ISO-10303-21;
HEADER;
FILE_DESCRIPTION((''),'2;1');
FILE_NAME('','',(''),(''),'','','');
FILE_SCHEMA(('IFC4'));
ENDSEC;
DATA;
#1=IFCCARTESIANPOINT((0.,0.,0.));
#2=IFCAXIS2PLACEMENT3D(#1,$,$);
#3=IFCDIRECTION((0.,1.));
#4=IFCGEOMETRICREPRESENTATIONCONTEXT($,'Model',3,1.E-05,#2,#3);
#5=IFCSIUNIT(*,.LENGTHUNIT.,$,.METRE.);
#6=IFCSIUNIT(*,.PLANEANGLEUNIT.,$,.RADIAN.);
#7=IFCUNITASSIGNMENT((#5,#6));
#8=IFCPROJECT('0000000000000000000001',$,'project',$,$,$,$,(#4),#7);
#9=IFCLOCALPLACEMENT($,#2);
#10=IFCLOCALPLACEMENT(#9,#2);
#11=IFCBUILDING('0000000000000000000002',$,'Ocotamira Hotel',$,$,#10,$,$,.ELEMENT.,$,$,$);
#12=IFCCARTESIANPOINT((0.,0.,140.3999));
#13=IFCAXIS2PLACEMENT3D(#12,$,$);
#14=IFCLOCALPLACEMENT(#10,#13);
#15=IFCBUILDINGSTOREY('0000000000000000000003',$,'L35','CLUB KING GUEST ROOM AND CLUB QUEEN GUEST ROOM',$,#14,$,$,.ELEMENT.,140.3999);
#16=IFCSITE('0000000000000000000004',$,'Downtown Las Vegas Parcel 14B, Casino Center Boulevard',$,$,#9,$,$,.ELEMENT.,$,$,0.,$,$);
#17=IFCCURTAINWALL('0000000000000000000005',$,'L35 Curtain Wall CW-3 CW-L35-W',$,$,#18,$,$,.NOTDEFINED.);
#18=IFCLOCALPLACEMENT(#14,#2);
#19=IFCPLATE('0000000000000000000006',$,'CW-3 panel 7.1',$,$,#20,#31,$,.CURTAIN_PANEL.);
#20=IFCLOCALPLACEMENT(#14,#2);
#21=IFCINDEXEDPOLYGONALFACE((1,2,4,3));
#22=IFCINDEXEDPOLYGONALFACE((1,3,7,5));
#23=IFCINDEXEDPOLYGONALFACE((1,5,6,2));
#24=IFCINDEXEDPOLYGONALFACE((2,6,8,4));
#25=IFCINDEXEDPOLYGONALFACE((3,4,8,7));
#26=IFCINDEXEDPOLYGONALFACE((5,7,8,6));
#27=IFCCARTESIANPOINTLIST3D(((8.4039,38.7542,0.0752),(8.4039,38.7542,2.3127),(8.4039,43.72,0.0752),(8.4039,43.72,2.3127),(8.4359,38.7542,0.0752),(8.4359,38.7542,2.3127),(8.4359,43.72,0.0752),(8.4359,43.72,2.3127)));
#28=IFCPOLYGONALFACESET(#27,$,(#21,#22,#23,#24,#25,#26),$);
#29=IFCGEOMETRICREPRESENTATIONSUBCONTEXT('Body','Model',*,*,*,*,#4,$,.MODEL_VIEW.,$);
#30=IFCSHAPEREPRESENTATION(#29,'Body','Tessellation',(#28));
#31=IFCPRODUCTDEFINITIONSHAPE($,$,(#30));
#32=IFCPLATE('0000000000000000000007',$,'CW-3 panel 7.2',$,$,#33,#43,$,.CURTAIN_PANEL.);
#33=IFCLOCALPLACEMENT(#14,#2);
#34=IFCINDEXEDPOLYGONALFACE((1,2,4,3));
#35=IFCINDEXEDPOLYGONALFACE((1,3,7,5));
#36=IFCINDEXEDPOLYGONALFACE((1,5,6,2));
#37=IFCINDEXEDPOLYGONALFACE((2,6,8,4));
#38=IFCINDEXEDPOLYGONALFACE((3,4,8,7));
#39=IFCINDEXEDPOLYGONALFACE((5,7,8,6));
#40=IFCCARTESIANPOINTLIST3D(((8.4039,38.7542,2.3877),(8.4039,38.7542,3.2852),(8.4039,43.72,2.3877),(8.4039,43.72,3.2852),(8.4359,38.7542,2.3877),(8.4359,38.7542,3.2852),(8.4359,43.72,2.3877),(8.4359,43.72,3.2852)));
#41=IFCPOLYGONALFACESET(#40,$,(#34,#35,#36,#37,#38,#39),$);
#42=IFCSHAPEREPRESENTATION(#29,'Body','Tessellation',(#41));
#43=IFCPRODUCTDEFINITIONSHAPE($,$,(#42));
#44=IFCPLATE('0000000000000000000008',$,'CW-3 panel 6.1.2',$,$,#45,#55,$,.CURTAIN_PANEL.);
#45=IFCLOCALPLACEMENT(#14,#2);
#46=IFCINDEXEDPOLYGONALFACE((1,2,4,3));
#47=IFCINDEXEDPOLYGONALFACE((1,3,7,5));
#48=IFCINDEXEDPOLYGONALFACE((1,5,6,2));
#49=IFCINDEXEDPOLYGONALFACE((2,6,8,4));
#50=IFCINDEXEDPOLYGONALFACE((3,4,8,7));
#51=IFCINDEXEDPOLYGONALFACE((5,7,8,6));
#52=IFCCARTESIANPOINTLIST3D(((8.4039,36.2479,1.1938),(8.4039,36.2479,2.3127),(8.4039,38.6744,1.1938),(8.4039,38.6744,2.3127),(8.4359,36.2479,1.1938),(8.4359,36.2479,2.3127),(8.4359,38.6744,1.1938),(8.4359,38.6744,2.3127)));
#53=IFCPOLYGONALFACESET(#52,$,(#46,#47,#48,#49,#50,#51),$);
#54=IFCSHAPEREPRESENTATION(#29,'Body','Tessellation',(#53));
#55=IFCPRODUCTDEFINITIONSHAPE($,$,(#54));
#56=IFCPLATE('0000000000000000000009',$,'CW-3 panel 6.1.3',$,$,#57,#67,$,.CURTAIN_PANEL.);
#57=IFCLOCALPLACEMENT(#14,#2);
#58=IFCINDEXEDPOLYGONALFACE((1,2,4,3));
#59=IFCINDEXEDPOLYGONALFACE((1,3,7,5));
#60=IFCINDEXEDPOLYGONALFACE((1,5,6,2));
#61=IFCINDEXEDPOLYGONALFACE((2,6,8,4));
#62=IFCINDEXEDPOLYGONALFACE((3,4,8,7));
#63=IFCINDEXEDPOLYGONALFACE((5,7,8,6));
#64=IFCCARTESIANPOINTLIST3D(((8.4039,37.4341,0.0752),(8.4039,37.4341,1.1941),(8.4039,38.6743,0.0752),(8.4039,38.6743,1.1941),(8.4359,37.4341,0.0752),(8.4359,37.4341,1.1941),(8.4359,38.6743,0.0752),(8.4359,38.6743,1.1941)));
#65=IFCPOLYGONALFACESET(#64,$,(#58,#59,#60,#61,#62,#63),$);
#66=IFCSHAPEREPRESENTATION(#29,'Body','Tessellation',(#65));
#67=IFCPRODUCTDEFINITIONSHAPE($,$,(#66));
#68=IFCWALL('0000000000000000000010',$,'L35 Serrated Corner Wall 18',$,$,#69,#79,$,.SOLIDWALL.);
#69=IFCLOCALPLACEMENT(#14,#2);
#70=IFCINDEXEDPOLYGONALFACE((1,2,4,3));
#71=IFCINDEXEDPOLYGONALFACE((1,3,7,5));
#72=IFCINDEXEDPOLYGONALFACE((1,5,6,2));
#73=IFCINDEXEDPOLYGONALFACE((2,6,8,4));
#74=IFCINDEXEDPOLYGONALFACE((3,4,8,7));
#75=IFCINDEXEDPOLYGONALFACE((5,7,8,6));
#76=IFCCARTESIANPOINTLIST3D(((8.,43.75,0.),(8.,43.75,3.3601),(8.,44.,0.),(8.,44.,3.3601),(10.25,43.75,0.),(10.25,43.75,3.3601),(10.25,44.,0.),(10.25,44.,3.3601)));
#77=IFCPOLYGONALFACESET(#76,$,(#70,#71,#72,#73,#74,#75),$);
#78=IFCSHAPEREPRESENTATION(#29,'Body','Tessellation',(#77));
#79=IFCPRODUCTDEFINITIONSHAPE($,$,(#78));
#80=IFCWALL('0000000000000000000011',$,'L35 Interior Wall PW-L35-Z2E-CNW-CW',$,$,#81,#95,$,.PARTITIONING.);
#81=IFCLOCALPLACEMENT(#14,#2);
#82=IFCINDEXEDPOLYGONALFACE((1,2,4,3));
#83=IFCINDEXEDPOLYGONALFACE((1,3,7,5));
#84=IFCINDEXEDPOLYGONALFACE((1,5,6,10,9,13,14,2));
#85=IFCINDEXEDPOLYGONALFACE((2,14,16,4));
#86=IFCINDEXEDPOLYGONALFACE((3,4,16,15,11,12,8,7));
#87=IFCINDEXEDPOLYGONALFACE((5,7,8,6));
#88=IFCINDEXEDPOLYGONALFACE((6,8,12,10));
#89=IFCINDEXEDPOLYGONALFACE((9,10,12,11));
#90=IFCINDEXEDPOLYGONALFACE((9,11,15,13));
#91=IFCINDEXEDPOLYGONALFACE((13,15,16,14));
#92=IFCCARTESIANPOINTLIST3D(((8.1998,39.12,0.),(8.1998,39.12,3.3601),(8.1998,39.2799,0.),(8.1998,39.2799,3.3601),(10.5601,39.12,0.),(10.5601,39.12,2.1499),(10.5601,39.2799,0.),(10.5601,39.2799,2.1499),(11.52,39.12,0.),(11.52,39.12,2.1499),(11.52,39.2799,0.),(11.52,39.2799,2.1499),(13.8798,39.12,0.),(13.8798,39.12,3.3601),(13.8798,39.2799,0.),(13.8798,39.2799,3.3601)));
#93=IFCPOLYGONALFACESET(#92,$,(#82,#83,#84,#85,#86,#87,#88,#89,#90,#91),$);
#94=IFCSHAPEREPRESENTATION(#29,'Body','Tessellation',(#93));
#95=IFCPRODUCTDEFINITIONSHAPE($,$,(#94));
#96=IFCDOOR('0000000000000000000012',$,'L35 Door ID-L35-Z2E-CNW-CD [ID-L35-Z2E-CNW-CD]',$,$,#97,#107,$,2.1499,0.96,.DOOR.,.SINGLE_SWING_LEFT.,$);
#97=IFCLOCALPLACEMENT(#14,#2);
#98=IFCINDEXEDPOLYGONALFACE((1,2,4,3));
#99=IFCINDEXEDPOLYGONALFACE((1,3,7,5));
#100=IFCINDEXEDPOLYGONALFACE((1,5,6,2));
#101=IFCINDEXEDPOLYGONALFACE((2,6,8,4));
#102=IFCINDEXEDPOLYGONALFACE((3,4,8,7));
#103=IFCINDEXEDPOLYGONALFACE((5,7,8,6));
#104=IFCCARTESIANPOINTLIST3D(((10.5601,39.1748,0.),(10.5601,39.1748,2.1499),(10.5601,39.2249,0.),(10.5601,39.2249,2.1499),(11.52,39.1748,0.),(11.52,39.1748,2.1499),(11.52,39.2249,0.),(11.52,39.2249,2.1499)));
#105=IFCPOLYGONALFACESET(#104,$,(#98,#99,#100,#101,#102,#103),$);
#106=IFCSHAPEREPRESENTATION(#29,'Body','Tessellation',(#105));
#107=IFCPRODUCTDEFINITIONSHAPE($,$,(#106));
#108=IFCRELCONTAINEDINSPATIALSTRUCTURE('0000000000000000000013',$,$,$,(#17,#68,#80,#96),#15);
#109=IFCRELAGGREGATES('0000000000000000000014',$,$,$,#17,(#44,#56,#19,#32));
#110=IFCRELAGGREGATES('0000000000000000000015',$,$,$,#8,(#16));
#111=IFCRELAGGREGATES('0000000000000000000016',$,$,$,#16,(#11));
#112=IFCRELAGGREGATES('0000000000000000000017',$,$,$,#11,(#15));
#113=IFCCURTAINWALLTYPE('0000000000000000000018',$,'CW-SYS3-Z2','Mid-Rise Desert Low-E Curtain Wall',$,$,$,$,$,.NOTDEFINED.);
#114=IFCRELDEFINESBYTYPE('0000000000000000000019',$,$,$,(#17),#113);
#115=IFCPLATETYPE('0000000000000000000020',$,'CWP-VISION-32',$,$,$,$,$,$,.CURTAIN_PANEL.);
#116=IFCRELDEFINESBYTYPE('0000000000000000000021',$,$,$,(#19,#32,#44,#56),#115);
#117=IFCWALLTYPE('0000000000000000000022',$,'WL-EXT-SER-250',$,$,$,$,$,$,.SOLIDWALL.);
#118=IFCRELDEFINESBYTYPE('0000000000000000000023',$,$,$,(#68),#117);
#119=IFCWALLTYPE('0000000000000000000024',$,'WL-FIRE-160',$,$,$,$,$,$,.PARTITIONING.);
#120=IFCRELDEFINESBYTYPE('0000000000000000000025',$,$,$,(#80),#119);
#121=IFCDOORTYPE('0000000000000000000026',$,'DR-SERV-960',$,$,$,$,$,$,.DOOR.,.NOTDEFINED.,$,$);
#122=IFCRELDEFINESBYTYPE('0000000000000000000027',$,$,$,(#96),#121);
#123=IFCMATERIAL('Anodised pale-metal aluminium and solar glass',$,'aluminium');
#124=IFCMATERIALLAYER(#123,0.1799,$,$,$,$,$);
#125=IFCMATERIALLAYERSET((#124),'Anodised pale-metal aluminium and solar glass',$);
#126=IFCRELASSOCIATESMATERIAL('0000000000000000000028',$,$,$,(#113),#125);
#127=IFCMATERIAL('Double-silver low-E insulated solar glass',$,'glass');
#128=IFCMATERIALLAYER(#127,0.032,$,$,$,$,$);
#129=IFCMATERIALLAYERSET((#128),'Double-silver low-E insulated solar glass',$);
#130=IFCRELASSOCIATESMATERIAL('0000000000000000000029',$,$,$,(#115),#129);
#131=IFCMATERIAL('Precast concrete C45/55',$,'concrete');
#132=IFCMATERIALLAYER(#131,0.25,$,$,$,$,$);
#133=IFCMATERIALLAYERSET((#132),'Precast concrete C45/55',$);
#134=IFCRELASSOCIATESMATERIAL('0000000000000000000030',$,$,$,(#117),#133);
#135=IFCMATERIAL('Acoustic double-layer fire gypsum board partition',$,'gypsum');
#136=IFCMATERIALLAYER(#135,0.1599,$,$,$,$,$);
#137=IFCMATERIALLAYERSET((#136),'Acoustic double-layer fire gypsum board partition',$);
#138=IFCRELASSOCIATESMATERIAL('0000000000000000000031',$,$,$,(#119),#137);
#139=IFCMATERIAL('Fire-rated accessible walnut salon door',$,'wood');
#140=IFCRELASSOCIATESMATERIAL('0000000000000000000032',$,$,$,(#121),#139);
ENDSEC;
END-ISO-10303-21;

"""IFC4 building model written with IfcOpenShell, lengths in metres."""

from ifc_helpers import new_model, si_unit, direction, frame, frame_2d, origin, origin_2d, place, context, subcontext, project, spatial, rectangle, extrude, source, transform, mapped, material, layer, layer_set, type_object, element, fill, aggregate, save


model = new_model("IFC4")

# Units and contexts
model_context = context("Model", 3, precision=1e-05, world=origin(), true_north=direction((0.0, 1.0)))
body_context = subcontext(model_context, "Body", "Model", "MODEL_VIEW")
ifc_project = project(units=[si_unit("LENGTHUNIT", "METRE"), si_unit("PLANEANGLEUNIT", "RADIAN")], contexts=[model_context])

# Site, building, storey
site_placement = place(None, origin())
site = spatial("IfcSite", under=ifc_project, at=site_placement, Name="Downtown Las Vegas Parcel 14B, Casino Center Boulevard", CompositionType="ELEMENT", RefElevation=0.0)
building_placement = place(site_placement, origin())
building = spatial("IfcBuilding", under=site, at=building_placement, Name="Ocotamira Hotel", CompositionType="ELEMENT")
storey_placement = place(building_placement, frame((0.0, 0.0, 140.3999)))
storey = spatial("IfcBuildingStorey", under=building, at=storey_placement, Name="L35", Description="CLUB KING GUEST ROOM AND CLUB QUEEN GUEST ROOM", CompositionType="ELEMENT", Elevation=140.3999)

# Curtain wall, plates
ifc_material_1 = material(Name="Anodised pale-metal aluminium and solar glass", Category="aluminium")
ifc_layer_1 = layer(ifc_material_1, 0.1799)
ifc_layer_set_1 = layer_set([ifc_layer_1], Name="Anodised pale-metal aluminium and solar glass")
curtain_wall_type = type_object("IfcCurtainWallType", Name="CW-SYS3-Z2", Description="Mid-Rise Desert Low-E Curtain Wall", PredefinedType="NOTDEFINED", material=ifc_layer_set_1)
curtain_wall_placement = place(storey_placement, origin())
curtain_wall = element("IfcCurtainWall", 1, at=curtain_wall_placement, inside=storey, type_object=curtain_wall_type, Name="L35 Curtain Wall CW-3 CW-L35-W", PredefinedType="NOTDEFINED")
ifc_material_2 = material(Name="Double-silver low-E insulated solar glass", Category="glass")
ifc_layer_2 = layer(ifc_material_2, 0.032)
ifc_layer_set_2 = layer_set([ifc_layer_2], Name="Double-silver low-E insulated solar glass")
plate_type = type_object("IfcPlateType", Name="CWP-VISION-32", PredefinedType="CURTAIN_PANEL", material=ifc_layer_set_2)
shared_shape_1 = source(origin(), body_context, "Body", "SweptSolid", [
    extrude(rectangle(XDim=4.9658, YDim=0.032, at=origin_2d()), origin(), (0.0, 0.0, 1.0), 2.2375),
])
plate_1_placement = place(storey_placement, frame((8.4199, 41.2371, 0.0752), z_axis=(0.0, 0.0, 1.0), x_axis=(0.0, 1.0, 0.0)))
plate_1 = element("IfcPlate", 2, at=plate_1_placement, type_object=plate_type, Name="CW-3 panel 7.1", PredefinedType="CURTAIN_PANEL", context=body_context, shape_type="MappedRepresentation", body=[
    mapped(shared_shape_1, transform((0.0, 0.0, 0.0), scale=1.0)),
])
shared_shape_2 = source(origin(), body_context, "Body", "SweptSolid", [
    extrude(rectangle(XDim=4.9658, YDim=0.032, at=origin_2d()), origin(), (0.0, 0.0, 1.0), 0.8975),
])
plate_2_placement = place(storey_placement, frame((8.4199, 41.2371, 2.3877), z_axis=(0.0, 0.0, 1.0), x_axis=(0.0, 1.0, 0.0)))
plate_2 = element("IfcPlate", 3, at=plate_2_placement, type_object=plate_type, Name="CW-3 panel 7.2", PredefinedType="CURTAIN_PANEL", context=body_context, shape_type="MappedRepresentation", body=[
    mapped(shared_shape_2, transform((0.0, 0.0, 0.0), scale=1.0)),
])
shared_shape_3 = source(origin(), body_context, "Body", "SweptSolid", [
    extrude(rectangle(XDim=2.4265, YDim=0.032, at=origin_2d()), origin(), (0.0, 0.0, 1.0), 1.1189),
])
plate_3_placement = place(storey_placement, frame((8.4199, 37.4612, 1.1938), z_axis=(0.0, 0.0, 1.0), x_axis=(0.0, 1.0, 0.0)))
plate_3 = element("IfcPlate", 4, at=plate_3_placement, type_object=plate_type, Name="CW-3 panel 6.1.2", PredefinedType="CURTAIN_PANEL", context=body_context, shape_type="MappedRepresentation", body=[
    mapped(shared_shape_3, transform((0.0, 0.0, 0.0), scale=1.0)),
])
shared_shape_4 = source(origin(), body_context, "Body", "SweptSolid", [
    extrude(rectangle(XDim=1.2402, YDim=0.032, at=origin_2d()), origin(), (0.0, 0.0, 1.0), 1.1189),
])
plate_4_placement = place(storey_placement, frame((8.4199, 38.0542, 0.0752), z_axis=(0.0, 0.0, 1.0), x_axis=(0.0, 1.0, 0.0)))
plate_4 = element("IfcPlate", 5, at=plate_4_placement, type_object=plate_type, Name="CW-3 panel 6.1.3", PredefinedType="CURTAIN_PANEL", context=body_context, shape_type="MappedRepresentation", body=[
    mapped(shared_shape_4, transform((0.0, 0.0, 0.0), scale=1.0)),
])
aggregate(curtain_wall, [plate_3, plate_4, plate_1, plate_2])

# Wall
ifc_material_3 = material(Name="Precast concrete C45/55", Category="concrete")
ifc_layer_3 = layer(ifc_material_3, 0.25)
ifc_layer_set_3 = layer_set([ifc_layer_3], Name="Precast concrete C45/55")
wall_type_1 = type_object("IfcWallType", Name="WL-EXT-SER-250", PredefinedType="SOLIDWALL", material=ifc_layer_set_3)
wall_1_placement = place(storey_placement, frame((10.25, 43.875, 0.0), z_axis=(0.0, 0.0, 1.0), x_axis=(-1.0, 0.0, 0.0)))
element("IfcWall", 6, at=wall_1_placement, inside=storey, type_object=wall_type_1, Name="L35 Serrated Corner Wall 18", PredefinedType="SOLIDWALL", context=body_context, shape_type="SweptSolid", body=[
    extrude(rectangle(XDim=2.25, YDim=0.25, at=frame_2d((1.125, 0.0))), origin(), (0.0, 0.0, 1.0), 3.3601),
])

# Wall, opening, door
ifc_material_4 = material(Name="Acoustic double-layer fire gypsum board partition", Category="gypsum")
ifc_layer_4 = layer(ifc_material_4, 0.1599)
ifc_layer_set_4 = layer_set([ifc_layer_4], Name="Acoustic double-layer fire gypsum board partition")
wall_type_2 = type_object("IfcWallType", Name="WL-FIRE-160", PredefinedType="PARTITIONING", material=ifc_layer_set_4)
wall_2_placement = place(storey_placement, frame((8.2, 39.2, 0.0), z_axis=(0.0, 0.0, 1.0), x_axis=(1.0, 0.0, 0.0)))
wall_2 = element("IfcWall", 7, at=wall_2_placement, inside=storey, type_object=wall_type_2, Name="L35 Interior Wall PW-L35-Z2E-CNW-CW", PredefinedType="PARTITIONING", context=body_context, shape_type="SweptSolid", body=[
    extrude(rectangle(XDim=5.6799, YDim=0.1599, at=frame_2d((2.8398, 0.0))), origin(), (0.0, 0.0, 1.0), 3.3601),
])
opening_1_placement = place(wall_2_placement, frame((2.3601, 0.0, 0.0)))
opening_1 = element("IfcOpeningElement", 8, at=opening_1_placement, cuts=wall_2, PredefinedType="OPENING", context=body_context, shape_type="SweptSolid", body=[
    extrude(rectangle(XDim=0.96, YDim=2.1499, at=frame_2d((0.48, 1.075))), frame((0.0, 0.0898, 0.0), z_axis=(0.0, -1.0, 0.0), x_axis=(1.0, 0.0, 0.0)), (0.0, 0.0, 1.0), 0.1799),
])
ifc_material_5 = material(Name="Fire-rated accessible walnut salon door", Category="wood")
door_type_1 = type_object("IfcDoorType", Name="DR-SERV-960", OperationType="NOTDEFINED", PredefinedType="DOOR", material=ifc_material_5)
shared_shape_5 = source(origin(), body_context, "Body", "SweptSolid", [
    extrude(rectangle(XDim=0.96, YDim=2.1499, at=frame_2d((0.48, 1.075))), frame((0.0, 0.0249, 0.0), z_axis=(0.0, -1.0, 0.0), x_axis=(1.0, 0.0, 0.0)), (0.0, 0.0, 1.0), 0.05),
])
door_1_placement = place(opening_1_placement, origin())
door_1 = element("IfcDoor", 9, at=door_1_placement, inside=storey, type_object=door_type_1, Name="L35 Door ID-L35-Z2E-CNW-CD [ID-L35-Z2E-CNW-CD]", OperationType="SINGLE_SWING_LEFT", OverallHeight=2.1499, OverallWidth=0.96, PredefinedType="DOOR", context=body_context, shape_type="MappedRepresentation", body=[
    mapped(shared_shape_5, transform((0.0, 0.0, 0.0), scale=1.0)),
])
fill(opening_1, door_1)

save(model, "model.ifc")
